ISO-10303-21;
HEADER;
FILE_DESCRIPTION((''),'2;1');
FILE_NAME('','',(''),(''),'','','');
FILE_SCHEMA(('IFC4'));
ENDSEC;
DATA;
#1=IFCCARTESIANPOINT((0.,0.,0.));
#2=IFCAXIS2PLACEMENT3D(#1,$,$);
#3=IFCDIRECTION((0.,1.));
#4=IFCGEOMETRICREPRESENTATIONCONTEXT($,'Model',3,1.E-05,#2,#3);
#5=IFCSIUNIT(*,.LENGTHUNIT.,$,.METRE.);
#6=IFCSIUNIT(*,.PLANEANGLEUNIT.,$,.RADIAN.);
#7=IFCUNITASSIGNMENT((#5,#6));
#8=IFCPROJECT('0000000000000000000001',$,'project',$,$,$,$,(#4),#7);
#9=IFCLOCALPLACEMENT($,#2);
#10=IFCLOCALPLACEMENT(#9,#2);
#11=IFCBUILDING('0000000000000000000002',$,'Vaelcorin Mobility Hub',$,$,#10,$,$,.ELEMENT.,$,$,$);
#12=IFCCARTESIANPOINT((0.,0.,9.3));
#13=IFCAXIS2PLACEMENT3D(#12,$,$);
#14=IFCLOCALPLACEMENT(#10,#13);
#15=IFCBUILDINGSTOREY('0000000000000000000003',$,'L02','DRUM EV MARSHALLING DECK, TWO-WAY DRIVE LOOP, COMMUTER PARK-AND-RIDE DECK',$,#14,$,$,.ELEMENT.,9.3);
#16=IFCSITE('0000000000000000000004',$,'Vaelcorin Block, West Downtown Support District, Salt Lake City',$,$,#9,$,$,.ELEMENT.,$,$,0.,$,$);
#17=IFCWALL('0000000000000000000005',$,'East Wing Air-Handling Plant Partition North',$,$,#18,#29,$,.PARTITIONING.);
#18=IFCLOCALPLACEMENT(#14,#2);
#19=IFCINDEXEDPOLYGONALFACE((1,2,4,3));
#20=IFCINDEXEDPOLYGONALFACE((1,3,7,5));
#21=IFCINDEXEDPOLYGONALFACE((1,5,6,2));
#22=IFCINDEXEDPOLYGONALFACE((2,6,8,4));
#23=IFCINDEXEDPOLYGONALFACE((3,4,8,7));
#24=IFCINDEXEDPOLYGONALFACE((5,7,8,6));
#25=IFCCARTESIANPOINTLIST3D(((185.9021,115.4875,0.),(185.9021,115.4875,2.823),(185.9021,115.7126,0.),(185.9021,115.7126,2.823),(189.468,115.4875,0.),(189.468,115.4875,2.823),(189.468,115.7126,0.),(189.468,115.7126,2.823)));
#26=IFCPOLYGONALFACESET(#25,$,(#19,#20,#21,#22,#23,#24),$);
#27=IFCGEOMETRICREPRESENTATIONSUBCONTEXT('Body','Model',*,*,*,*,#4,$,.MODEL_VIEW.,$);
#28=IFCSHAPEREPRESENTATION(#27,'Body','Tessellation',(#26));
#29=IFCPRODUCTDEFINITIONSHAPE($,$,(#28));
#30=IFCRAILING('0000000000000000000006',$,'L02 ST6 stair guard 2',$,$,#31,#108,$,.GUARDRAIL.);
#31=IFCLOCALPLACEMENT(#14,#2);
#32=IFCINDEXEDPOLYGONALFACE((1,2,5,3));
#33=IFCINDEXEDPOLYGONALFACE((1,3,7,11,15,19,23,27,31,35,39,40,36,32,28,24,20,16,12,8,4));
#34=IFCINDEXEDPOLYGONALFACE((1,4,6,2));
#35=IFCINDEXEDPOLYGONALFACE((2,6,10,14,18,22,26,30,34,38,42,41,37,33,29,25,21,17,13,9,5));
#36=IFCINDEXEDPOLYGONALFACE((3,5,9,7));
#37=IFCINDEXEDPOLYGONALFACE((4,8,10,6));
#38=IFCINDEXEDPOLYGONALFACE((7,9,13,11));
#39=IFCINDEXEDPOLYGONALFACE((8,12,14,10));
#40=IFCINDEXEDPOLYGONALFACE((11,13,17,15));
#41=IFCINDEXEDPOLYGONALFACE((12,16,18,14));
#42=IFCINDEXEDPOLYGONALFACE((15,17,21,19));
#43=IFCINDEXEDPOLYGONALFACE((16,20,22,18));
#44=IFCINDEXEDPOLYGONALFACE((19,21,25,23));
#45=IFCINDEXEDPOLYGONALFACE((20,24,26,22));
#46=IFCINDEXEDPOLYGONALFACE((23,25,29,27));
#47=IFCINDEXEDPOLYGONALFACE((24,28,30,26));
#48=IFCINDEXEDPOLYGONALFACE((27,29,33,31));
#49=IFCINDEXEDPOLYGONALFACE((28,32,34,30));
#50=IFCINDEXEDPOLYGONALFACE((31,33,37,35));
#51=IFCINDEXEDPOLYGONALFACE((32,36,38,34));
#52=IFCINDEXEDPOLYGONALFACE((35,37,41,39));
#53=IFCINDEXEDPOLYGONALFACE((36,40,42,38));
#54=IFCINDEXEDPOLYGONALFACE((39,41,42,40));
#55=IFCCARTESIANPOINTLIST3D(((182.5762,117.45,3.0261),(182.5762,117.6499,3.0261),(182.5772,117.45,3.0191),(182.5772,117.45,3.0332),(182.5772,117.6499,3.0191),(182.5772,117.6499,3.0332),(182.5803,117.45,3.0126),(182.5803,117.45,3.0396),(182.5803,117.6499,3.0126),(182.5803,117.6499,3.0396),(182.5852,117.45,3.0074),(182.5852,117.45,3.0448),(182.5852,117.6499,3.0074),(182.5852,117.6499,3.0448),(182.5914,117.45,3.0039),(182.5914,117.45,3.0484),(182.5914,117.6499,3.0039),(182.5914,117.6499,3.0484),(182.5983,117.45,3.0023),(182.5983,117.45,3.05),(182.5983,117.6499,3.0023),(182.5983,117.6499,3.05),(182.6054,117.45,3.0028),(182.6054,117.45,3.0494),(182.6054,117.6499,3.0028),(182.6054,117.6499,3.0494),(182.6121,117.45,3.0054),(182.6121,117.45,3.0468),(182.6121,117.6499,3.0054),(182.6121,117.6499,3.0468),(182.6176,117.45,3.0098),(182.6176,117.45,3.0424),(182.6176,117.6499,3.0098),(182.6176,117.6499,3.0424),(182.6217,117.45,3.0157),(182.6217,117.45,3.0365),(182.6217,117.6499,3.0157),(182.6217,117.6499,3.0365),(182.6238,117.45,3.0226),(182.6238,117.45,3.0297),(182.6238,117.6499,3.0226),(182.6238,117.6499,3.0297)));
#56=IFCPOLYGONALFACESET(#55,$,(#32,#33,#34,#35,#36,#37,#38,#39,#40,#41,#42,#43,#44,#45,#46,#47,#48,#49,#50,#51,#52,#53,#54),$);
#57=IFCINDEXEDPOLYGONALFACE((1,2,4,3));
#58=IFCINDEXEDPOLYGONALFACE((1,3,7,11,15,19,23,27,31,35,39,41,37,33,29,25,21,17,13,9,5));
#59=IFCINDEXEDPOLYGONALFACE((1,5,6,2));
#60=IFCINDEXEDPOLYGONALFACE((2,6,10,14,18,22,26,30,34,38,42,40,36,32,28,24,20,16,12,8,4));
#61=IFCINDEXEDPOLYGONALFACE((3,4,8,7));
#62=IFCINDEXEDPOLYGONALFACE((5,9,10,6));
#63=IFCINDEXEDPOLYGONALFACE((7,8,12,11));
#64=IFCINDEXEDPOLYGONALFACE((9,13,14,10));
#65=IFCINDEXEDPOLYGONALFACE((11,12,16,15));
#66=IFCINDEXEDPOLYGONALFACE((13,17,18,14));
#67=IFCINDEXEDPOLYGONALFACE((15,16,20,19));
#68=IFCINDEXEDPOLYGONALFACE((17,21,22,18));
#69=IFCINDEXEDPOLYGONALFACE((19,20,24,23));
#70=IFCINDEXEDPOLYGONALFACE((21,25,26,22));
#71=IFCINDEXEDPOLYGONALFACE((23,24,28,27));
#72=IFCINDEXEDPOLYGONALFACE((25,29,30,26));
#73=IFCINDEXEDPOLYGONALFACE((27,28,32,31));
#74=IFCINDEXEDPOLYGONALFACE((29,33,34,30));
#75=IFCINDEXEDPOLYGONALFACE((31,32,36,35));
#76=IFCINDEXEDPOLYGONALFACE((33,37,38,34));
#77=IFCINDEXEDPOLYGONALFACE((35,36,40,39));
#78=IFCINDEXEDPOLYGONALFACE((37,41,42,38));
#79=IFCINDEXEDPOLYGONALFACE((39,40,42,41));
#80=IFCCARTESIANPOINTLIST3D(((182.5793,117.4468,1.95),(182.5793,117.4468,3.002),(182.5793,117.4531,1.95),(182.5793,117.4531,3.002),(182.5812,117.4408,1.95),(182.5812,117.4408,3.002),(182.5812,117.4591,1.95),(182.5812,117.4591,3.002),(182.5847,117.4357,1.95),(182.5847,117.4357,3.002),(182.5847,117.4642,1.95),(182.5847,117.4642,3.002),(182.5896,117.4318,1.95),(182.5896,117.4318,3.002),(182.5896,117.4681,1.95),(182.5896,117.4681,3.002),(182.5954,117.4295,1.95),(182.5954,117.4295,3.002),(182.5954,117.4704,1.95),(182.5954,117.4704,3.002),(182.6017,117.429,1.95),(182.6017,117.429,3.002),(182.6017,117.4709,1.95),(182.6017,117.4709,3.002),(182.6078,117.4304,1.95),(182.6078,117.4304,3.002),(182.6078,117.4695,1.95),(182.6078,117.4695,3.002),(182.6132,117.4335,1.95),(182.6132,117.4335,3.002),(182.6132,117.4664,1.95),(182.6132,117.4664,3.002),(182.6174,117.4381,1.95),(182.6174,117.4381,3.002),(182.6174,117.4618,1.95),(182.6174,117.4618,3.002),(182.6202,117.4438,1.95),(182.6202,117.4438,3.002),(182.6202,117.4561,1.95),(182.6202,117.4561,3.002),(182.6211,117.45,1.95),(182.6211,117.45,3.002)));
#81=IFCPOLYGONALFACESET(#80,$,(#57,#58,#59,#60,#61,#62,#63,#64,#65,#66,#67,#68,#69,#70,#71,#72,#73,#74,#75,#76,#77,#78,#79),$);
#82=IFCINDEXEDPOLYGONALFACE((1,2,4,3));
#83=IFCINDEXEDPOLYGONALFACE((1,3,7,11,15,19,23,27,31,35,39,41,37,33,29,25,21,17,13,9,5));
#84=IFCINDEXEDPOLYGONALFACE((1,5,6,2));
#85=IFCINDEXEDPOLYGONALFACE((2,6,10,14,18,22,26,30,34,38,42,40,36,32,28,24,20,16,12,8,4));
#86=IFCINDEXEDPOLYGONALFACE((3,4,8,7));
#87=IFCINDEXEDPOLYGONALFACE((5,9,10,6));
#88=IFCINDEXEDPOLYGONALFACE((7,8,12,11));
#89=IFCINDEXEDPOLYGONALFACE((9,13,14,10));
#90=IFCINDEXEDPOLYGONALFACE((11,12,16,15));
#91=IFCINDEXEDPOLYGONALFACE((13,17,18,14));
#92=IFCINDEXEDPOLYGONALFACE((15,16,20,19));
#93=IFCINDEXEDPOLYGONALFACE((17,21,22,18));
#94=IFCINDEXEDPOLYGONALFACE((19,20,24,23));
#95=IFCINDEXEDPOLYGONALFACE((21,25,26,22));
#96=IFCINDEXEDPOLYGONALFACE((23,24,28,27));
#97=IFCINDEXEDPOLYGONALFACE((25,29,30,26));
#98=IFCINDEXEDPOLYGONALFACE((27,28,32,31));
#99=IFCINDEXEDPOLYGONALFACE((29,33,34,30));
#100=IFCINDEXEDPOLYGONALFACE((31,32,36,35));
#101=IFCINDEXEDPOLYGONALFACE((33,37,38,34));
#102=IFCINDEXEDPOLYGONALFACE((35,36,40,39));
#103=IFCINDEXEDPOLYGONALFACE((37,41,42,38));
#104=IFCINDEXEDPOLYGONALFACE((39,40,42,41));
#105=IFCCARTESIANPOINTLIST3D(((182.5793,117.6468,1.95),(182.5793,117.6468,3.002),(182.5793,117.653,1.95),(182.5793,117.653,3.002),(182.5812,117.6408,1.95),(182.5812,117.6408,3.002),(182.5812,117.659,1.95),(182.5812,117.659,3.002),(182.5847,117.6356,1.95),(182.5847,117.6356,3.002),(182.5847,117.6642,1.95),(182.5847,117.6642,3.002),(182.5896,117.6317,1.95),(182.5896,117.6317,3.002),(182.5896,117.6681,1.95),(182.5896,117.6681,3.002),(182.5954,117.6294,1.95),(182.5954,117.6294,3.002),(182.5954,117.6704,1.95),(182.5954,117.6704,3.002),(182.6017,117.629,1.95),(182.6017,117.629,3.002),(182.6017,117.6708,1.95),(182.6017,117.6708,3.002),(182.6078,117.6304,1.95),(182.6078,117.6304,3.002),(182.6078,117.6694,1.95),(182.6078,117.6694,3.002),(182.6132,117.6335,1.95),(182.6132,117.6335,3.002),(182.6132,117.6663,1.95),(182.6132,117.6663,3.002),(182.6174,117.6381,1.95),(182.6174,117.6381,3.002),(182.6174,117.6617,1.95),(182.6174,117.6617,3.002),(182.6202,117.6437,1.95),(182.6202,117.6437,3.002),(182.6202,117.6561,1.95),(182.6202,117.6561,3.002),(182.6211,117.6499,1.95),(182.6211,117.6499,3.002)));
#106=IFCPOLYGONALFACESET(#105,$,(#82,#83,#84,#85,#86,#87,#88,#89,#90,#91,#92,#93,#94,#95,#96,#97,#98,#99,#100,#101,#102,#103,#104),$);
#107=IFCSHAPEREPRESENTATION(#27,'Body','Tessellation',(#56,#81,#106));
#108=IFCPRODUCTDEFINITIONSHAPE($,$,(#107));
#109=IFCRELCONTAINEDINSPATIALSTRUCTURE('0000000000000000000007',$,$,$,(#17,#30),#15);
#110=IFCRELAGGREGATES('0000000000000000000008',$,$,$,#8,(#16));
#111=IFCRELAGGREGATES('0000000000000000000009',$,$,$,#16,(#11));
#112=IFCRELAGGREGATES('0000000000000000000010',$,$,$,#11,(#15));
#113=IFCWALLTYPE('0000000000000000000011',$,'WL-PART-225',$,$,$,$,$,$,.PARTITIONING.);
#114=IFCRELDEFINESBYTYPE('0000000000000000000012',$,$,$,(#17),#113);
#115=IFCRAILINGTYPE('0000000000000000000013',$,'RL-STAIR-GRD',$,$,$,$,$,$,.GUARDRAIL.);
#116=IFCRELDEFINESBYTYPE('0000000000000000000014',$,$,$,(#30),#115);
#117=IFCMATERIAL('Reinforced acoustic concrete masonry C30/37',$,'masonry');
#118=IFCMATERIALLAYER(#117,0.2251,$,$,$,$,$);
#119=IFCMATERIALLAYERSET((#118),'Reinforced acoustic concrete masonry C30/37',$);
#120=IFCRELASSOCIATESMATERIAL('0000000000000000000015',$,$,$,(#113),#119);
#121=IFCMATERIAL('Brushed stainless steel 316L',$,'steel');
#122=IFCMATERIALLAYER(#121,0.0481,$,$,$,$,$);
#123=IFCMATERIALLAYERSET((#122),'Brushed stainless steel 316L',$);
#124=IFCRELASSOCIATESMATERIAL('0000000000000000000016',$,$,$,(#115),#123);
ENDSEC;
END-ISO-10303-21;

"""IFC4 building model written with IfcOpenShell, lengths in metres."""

from ifc_helpers import new_model, si_unit, direction, frame, frame_2d, origin, origin_2d, place, context, subcontext, project, spatial, rectangle, circle, extrude, material, layer, layer_set, type_object, element, save


model = new_model("IFC4")

# Units and contexts
model_context = context("Model", 3, precision=1e-05, world=origin(), true_north=direction((0.0, 1.0)))
body_context = subcontext(model_context, "Body", "Model", "MODEL_VIEW")
ifc_project = project(units=[si_unit("LENGTHUNIT", "METRE"), si_unit("PLANEANGLEUNIT", "RADIAN")], contexts=[model_context])

# Site, building, storey
site_placement = place(None, origin())
site = spatial("IfcSite", under=ifc_project, at=site_placement, Name="Vaelcorin Block, West Downtown Support District, Salt Lake City", CompositionType="ELEMENT", RefElevation=0.0)
building_placement = place(site_placement, origin())
building = spatial("IfcBuilding", under=site, at=building_placement, Name="Vaelcorin Mobility Hub", CompositionType="ELEMENT")
storey_placement = place(building_placement, frame((0.0, 0.0, 9.3)))
storey = spatial("IfcBuildingStorey", under=building, at=storey_placement, Name="L02", Description="DRUM EV MARSHALLING DECK, TWO-WAY DRIVE LOOP, COMMUTER PARK-AND-RIDE DECK", CompositionType="ELEMENT", Elevation=9.3)

# Wall
ifc_material_1 = material(Name="Reinforced acoustic concrete masonry C30/37", Category="masonry")
ifc_layer_1 = layer(ifc_material_1, 0.2251)
ifc_layer_set_1 = layer_set([ifc_layer_1], Name="Reinforced acoustic concrete masonry C30/37")
wall_type_1 = type_object("IfcWallType", Name="WL-PART-225", PredefinedType="PARTITIONING", material=ifc_layer_set_1)
wall_1_placement = place(storey_placement, frame((185.9021, 115.6001, 0.0), z_axis=(0.0, 0.0, 1.0), x_axis=(1.0, 0.0, 0.0)))
element("IfcWall", 1, at=wall_1_placement, inside=storey, type_object=wall_type_1, Name="East Wing Air-Handling Plant Partition North", PredefinedType="PARTITIONING", context=body_context, shape_type="SweptSolid", body=[
    extrude(rectangle(XDim=3.5659, YDim=0.2251, at=frame_2d((1.783, 0.0))), origin(), (0.0, 0.0, 1.0), 2.823),
])

# Railing
ifc_material_2 = material(Name="Brushed stainless steel 316L", Category="steel")
ifc_layer_2 = layer(ifc_material_2, 0.0481)
ifc_layer_set_2 = layer_set([ifc_layer_2], Name="Brushed stainless steel 316L")
railing_type = type_object("IfcRailingType", Name="RL-STAIR-GRD", PredefinedType="GUARDRAIL", material=ifc_layer_set_2)
railing_placement = place(storey_placement, frame((182.6001, 117.45, 1.95)))
element("IfcRailing", 2, at=railing_placement, inside=storey, type_object=railing_type, Name="L02 ST6 stair guard 2", PredefinedType="GUARDRAIL", context=body_context, shape_type="SweptSolid", body=[
    extrude(circle(Radius=0.0239, at=origin_2d()), frame((0.0, 0.0, 1.0762), z_axis=(0.0, 1.0, 0.0), x_axis=(-1.0, 0.0, 0.0)), (0.0, 0.0, 1.0), 0.2),
    extrude(circle(Radius=0.021, at=origin_2d()), origin(), (0.0, 0.0, 1.0), 1.052),
    extrude(circle(Radius=0.021, at=origin_2d()), frame((0.0, 0.2, 0.0)), (0.0, 0.0, 1.0), 1.052),
])

save(model, "model.ifc")
